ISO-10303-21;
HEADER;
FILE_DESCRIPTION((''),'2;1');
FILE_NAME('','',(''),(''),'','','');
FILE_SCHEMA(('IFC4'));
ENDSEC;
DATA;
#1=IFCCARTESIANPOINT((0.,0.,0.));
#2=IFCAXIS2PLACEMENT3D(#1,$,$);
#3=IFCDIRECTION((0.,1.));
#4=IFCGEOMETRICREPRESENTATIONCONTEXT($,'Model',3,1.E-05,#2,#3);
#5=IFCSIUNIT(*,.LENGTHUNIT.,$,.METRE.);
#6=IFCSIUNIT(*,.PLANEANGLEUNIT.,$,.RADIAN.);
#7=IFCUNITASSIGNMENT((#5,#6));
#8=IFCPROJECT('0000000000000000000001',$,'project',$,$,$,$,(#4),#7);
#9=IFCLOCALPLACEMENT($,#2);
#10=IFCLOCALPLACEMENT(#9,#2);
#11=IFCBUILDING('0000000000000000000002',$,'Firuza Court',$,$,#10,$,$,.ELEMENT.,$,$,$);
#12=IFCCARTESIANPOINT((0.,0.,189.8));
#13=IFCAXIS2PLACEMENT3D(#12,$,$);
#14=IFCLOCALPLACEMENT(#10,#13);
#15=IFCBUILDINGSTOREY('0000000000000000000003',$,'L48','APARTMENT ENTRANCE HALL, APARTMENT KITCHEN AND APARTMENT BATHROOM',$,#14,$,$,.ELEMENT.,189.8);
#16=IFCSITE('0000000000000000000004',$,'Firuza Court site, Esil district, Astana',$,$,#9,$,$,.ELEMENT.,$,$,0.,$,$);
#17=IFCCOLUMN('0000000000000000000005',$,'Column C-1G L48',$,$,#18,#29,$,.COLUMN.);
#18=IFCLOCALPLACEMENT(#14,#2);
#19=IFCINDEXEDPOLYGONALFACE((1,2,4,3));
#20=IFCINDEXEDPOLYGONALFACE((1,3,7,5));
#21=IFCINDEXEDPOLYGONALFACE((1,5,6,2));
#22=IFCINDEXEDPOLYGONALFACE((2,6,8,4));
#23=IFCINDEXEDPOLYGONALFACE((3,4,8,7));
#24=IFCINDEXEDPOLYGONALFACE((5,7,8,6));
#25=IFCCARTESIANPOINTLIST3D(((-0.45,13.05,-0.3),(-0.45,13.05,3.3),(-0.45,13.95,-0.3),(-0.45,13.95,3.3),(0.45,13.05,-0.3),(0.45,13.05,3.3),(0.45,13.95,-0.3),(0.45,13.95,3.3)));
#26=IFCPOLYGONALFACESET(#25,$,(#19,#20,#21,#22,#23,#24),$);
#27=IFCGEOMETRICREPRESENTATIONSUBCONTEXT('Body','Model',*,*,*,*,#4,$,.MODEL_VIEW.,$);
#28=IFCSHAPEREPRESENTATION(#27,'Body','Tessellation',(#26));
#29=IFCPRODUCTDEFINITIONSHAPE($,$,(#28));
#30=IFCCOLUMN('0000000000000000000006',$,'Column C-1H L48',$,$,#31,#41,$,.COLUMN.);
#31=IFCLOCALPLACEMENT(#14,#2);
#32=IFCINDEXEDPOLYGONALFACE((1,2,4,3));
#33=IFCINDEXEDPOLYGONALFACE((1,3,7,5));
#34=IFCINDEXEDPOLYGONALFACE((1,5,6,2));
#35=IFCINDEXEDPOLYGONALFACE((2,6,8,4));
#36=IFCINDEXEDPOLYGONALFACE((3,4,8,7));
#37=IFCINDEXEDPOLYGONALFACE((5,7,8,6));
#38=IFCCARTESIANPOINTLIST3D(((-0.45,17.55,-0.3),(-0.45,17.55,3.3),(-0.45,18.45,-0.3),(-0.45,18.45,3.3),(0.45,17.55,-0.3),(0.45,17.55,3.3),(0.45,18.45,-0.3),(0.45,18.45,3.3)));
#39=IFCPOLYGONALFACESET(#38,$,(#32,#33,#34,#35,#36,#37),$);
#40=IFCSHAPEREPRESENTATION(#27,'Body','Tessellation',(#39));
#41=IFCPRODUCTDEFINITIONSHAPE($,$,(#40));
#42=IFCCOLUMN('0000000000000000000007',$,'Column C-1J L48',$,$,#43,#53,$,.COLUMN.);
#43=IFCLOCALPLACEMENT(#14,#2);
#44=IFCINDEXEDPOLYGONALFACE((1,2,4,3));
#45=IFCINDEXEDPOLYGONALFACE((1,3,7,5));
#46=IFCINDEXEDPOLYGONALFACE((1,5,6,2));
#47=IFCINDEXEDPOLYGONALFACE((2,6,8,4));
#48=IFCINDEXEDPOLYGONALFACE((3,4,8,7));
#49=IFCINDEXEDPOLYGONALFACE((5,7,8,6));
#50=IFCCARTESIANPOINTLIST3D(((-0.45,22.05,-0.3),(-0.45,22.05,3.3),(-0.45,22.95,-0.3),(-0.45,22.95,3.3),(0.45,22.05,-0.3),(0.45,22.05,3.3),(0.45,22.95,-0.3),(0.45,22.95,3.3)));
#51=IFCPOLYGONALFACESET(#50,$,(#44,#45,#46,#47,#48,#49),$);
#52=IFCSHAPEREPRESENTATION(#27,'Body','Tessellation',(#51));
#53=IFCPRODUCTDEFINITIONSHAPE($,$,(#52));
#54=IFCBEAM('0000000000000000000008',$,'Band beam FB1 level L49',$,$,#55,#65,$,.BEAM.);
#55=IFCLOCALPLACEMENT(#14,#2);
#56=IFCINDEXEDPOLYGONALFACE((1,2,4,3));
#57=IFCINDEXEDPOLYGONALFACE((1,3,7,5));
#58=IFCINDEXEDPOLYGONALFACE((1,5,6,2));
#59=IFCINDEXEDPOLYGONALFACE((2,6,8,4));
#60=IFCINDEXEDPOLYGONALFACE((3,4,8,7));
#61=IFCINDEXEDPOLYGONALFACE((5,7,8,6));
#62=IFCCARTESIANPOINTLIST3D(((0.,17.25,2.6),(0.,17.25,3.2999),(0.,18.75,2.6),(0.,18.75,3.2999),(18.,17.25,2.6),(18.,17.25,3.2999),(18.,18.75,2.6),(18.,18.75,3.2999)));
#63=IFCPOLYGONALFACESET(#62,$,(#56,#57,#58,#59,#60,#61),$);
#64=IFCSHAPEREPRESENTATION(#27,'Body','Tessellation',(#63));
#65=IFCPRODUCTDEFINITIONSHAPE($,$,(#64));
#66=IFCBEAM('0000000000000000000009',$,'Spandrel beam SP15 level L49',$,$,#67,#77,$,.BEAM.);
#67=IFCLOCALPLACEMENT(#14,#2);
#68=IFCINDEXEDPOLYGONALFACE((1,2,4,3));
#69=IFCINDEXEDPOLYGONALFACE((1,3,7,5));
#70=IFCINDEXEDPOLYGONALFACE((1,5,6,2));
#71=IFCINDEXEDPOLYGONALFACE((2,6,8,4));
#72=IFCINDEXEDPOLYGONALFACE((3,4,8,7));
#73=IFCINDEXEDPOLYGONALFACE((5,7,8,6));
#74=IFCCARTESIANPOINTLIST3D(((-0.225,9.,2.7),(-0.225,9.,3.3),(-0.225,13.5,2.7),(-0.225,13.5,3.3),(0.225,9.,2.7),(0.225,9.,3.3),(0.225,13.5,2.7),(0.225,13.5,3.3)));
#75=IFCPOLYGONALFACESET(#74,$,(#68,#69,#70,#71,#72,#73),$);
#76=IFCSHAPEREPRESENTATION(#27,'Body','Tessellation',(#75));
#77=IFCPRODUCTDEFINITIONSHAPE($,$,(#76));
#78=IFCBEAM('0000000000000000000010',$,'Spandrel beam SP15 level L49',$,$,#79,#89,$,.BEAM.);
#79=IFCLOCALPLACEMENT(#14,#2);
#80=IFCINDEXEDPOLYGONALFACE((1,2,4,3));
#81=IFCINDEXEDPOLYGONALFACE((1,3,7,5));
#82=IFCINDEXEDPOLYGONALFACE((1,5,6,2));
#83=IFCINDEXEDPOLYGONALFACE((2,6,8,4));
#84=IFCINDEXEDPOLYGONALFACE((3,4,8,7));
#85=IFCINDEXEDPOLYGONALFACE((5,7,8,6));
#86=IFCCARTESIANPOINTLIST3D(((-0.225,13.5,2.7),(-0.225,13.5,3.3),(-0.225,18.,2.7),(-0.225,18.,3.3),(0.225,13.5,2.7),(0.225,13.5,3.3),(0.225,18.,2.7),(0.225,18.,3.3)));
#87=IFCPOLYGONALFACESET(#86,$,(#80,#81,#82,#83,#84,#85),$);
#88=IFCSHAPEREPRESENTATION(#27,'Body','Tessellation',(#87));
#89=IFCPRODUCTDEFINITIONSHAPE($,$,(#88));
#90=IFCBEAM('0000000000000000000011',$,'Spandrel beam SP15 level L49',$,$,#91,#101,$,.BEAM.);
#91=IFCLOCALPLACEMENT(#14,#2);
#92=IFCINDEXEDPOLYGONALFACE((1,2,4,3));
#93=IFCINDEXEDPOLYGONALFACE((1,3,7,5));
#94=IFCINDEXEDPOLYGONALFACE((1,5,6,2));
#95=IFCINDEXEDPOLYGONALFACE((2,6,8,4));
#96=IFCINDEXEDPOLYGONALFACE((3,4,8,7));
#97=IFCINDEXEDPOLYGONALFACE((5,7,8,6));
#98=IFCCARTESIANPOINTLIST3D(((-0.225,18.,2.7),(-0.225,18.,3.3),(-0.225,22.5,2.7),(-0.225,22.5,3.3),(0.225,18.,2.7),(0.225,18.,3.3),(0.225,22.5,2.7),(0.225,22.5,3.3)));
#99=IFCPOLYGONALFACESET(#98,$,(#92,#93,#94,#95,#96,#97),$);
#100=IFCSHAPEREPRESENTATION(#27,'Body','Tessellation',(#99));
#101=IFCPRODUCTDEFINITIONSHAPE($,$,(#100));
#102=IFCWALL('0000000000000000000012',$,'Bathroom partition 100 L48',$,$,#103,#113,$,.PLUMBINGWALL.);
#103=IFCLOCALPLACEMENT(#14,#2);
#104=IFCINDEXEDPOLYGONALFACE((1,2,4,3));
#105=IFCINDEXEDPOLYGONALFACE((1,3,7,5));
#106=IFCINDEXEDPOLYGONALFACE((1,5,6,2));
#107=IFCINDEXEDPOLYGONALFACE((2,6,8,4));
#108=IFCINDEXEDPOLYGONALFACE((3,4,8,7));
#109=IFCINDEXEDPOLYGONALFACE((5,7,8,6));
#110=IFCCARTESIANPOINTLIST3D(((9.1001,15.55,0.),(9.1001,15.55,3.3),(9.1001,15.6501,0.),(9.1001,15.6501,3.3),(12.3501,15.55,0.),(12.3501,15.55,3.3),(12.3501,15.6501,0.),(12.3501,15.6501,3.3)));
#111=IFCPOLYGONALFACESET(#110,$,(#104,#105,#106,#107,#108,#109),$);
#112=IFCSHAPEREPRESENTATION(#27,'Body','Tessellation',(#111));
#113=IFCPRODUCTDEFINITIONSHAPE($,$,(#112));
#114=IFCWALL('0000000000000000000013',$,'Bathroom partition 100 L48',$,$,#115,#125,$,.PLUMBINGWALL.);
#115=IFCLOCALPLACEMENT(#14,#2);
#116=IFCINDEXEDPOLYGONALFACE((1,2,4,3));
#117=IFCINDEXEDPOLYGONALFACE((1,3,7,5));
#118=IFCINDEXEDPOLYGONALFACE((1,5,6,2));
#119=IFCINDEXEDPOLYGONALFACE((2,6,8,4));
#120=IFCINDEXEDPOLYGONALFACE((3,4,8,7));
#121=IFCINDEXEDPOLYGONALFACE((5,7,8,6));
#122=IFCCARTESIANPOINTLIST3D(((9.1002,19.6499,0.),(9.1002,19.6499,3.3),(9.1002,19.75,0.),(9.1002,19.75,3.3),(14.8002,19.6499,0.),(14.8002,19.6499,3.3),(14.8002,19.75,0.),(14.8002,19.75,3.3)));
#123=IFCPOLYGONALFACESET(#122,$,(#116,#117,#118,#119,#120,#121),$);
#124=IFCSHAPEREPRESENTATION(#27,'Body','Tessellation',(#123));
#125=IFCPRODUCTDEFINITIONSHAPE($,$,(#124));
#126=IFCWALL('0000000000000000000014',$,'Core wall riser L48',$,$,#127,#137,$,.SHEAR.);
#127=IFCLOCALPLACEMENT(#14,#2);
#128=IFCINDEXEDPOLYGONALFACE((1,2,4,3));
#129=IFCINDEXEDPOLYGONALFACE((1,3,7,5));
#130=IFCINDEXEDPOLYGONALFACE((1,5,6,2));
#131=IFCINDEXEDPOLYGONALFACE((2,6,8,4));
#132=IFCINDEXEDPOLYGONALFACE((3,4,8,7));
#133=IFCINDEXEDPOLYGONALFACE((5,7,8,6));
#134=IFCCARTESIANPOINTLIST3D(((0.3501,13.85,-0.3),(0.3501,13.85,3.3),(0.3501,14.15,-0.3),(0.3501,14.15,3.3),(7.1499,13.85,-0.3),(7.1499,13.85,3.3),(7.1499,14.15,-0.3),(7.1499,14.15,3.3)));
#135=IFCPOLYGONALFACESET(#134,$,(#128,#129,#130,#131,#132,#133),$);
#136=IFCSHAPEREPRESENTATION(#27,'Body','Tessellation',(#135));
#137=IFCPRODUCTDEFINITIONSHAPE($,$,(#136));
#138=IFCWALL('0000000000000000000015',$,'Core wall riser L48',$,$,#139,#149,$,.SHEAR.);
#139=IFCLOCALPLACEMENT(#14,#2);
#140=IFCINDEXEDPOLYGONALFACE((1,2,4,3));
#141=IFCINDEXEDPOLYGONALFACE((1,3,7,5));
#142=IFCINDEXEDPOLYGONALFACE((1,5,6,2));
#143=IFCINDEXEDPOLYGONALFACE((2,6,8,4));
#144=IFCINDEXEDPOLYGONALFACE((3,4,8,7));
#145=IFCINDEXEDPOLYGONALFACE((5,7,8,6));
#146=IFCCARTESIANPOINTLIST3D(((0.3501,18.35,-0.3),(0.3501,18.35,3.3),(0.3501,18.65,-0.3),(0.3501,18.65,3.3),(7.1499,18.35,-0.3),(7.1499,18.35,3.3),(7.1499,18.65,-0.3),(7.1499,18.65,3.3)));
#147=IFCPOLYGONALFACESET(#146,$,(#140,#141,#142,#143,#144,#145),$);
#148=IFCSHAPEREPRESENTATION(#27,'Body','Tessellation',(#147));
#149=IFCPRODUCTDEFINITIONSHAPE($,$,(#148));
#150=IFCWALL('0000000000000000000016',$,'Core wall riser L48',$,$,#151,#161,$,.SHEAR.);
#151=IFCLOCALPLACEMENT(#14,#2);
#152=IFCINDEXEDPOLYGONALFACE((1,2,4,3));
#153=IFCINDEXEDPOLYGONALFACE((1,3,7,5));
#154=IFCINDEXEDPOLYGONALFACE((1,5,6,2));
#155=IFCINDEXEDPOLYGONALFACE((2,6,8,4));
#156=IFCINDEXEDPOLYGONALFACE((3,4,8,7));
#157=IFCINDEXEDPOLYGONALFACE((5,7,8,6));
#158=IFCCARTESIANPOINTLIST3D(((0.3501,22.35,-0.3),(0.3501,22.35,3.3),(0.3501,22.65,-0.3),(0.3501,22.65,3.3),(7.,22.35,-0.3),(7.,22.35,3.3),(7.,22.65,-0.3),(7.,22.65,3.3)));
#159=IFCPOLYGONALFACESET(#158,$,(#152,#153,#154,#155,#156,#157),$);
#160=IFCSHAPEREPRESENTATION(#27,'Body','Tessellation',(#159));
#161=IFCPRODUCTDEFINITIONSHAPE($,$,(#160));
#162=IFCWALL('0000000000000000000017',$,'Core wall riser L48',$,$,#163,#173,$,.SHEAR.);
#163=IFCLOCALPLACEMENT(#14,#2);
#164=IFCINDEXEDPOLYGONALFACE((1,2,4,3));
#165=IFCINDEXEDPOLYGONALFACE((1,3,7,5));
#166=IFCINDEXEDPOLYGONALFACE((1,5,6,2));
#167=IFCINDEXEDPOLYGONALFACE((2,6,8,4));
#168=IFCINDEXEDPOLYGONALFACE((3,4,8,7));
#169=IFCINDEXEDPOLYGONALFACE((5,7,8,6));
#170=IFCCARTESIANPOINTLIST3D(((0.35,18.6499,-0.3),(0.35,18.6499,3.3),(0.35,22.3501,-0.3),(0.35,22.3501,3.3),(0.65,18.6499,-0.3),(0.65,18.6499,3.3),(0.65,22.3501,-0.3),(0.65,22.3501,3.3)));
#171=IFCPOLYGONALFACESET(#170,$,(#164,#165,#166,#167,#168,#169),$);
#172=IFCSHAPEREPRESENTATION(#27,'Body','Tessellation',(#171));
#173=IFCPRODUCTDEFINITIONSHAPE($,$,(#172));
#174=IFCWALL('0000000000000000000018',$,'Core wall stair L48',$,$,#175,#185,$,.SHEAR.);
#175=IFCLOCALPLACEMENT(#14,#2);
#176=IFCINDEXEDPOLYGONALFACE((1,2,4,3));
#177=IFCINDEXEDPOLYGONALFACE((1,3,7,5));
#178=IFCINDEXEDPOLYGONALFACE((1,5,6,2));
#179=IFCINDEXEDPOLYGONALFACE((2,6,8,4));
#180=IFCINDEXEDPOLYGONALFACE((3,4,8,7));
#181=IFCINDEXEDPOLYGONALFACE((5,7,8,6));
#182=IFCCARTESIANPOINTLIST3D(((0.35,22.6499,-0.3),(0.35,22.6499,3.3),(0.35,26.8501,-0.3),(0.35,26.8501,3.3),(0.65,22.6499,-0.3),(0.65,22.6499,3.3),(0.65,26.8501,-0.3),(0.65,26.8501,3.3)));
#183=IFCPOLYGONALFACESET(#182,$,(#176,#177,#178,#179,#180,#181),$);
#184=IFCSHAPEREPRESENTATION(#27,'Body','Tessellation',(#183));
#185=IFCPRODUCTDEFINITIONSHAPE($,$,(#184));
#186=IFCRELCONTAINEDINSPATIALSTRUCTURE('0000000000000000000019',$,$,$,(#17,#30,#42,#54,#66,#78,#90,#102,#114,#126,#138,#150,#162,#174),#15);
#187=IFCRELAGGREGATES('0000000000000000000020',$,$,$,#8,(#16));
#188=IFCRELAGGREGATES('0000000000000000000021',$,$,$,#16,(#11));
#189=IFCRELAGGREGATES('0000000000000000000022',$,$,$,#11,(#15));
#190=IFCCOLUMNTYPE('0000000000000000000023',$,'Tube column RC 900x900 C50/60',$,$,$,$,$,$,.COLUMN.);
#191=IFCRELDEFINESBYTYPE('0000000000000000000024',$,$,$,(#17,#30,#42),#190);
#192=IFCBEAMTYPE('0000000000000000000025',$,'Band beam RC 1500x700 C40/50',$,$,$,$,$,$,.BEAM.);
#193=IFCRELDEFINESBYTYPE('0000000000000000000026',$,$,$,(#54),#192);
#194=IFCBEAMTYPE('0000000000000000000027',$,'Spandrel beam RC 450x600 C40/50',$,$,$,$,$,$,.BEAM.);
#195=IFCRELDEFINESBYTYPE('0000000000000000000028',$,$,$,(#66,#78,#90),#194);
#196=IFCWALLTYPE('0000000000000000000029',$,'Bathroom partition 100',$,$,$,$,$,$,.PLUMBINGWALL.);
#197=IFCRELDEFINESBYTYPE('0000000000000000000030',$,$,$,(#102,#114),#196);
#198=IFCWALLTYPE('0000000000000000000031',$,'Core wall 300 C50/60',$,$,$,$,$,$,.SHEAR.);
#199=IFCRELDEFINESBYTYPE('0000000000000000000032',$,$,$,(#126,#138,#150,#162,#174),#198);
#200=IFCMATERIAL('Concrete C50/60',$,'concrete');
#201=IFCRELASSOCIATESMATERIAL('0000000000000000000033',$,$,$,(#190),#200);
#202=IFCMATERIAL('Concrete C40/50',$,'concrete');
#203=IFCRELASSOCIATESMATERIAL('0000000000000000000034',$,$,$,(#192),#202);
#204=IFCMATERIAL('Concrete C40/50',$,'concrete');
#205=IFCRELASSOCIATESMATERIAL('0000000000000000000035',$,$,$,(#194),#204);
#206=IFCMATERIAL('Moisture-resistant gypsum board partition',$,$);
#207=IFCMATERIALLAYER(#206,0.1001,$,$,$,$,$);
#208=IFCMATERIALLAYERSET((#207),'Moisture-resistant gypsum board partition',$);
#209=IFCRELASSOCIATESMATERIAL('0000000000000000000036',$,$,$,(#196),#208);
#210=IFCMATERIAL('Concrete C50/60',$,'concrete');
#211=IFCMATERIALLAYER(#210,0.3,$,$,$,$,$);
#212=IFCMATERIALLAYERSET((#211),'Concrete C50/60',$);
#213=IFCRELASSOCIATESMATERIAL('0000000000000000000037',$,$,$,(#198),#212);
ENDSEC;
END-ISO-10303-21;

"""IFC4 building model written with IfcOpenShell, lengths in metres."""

from ifc_helpers import new_model, si_unit, direction, frame, frame_2d, origin, origin_2d, place, context, subcontext, project, spatial, rectangle, extrude, material, layer, layer_set, material_profile, profile_set, type_object, element, save


model = new_model("IFC4")

# Units and contexts
model_context = context("Model", 3, precision=1e-05, world=origin(), true_north=direction((0.0, 1.0)))
body_context = subcontext(model_context, "Body", "Model", "MODEL_VIEW")
ifc_project = project(units=[si_unit("LENGTHUNIT", "METRE"), si_unit("PLANEANGLEUNIT", "RADIAN")], contexts=[model_context])

# Site, building, storey
site_placement = place(None, origin())
site = spatial("IfcSite", under=ifc_project, at=site_placement, Name="Firuza Court site, Esil district, Astana", CompositionType="ELEMENT", RefElevation=0.0)
building_placement = place(site_placement, origin())
building = spatial("IfcBuilding", under=site, at=building_placement, Name="Firuza Court", CompositionType="ELEMENT")
storey_placement = place(building_placement, frame((0.0, 0.0, 189.8)))
storey = spatial("IfcBuildingStorey", under=building, at=storey_placement, Name="L48", Description="APARTMENT ENTRANCE HALL, APARTMENT KITCHEN AND APARTMENT BATHROOM", CompositionType="ELEMENT", Elevation=189.8)

# Columns
ifc_material_1 = material(Name="Concrete C50/60", Category="concrete")
ifc_material_profile_1 = material_profile(ifc_material_1, rectangle(XDim=0.8999, YDim=0.8999, at=origin_2d()), Name="RC 900x900")
ifc_profile_set_1 = profile_set([ifc_material_profile_1], Name="Concrete C50/60")
column_type = type_object("IfcColumnType", Name="Tube column RC 900x900 C50/60", PredefinedType="COLUMN", material=ifc_profile_set_1)
for number, where, z_axis, x_axis, name in (
    (1, (0.0, 13.5, -0.3), (0.0, 0.0, 1.0), (1.0, 0.0, 0.0), "Column C-1G L48"),
    (2, (0.0, 18.0, -0.3), (0.0, 0.0, 1.0), (1.0, 0.0, 0.0), "Column C-1H L48"),
    (3, (0.0, 22.5, -0.3), (0.0, 0.0, 1.0), (1.0, 0.0, 0.0), "Column C-1J L48"),
):
    element("IfcColumn", number, at=place(storey_placement, frame(where, z_axis=z_axis, x_axis=x_axis)), inside=storey, type_object=column_type, Name=name, PredefinedType="COLUMN", context=body_context, shape_type="SweptSolid", body=[
        extrude(rectangle(XDim=0.8999, YDim=0.8999, at=origin_2d()), origin(), (0.0, 0.0, 1.0), 3.6001),
    ])

# Beams
ifc_material_2 = material(Name="Concrete C40/50", Category="concrete")
ifc_material_profile_2 = material_profile(ifc_material_2, rectangle(XDim=1.5, YDim=0.7, at=origin_2d()), Name="RC 1500x700")
ifc_profile_set_2 = profile_set([ifc_material_profile_2], Name="Concrete C40/50")
beam_type_1 = type_object("IfcBeamType", Name="Band beam RC 1500x700 C40/50", PredefinedType="BEAM", material=ifc_profile_set_2)
beam_placement = place(storey_placement, frame((0.0, 18.0, 2.95), z_axis=(1.0, 0.0, 0.0), x_axis=(0.0, 1.0, 0.0)))
element("IfcBeam", 4, at=beam_placement, inside=storey, type_object=beam_type_1, Name="Band beam FB1 level L49", PredefinedType="BEAM", context=body_context, shape_type="SweptSolid", body=[
    extrude(rectangle(XDim=1.5, YDim=0.7, at=origin_2d()), origin(), (0.0, 0.0, 1.0), 18.0),
])
ifc_material_3 = material(Name="Concrete C40/50", Category="concrete")
ifc_material_profile_3 = material_profile(ifc_material_3, rectangle(XDim=0.45, YDim=0.6001, at=origin_2d()), Name="RC 450x600")
ifc_profile_set_3 = profile_set([ifc_material_profile_3], Name="Concrete C40/50")
beam_type_2 = type_object("IfcBeamType", Name="Spandrel beam RC 450x600 C40/50", PredefinedType="BEAM", material=ifc_profile_set_3)
for number, where, z_axis, x_axis, name in (
    (5, (0.0, 13.5, 3.0), (0.0, -1.0, 0.0), (1.0, 0.0, 0.0), "Spandrel beam SP15 level L49"),
    (6, (0.0, 18.0, 3.0), (0.0, -1.0, 0.0), (1.0, 0.0, 0.0), "Spandrel beam SP15 level L49"),
    (7, (0.0, 22.5, 3.0), (0.0, -1.0, 0.0), (1.0, 0.0, 0.0), "Spandrel beam SP15 level L49"),
):
    element("IfcBeam", number, at=place(storey_placement, frame(where, z_axis=z_axis, x_axis=x_axis)), inside=storey, type_object=beam_type_2, Name=name, PredefinedType="BEAM", context=body_context, shape_type="SweptSolid", body=[
        extrude(rectangle(XDim=0.45, YDim=0.6001, at=origin_2d()), origin(), (0.0, 0.0, 1.0), 4.5),
    ])

# Walls
ifc_material_4 = material(Name="Moisture-resistant gypsum board partition")
ifc_layer_1 = layer(ifc_material_4, 0.1001)
ifc_layer_set_1 = layer_set([ifc_layer_1], Name="Moisture-resistant gypsum board partition")
wall_type_1 = type_object("IfcWallType", Name="Bathroom partition 100", PredefinedType="PLUMBINGWALL", material=ifc_layer_set_1)
wall_1_placement = place(storey_placement, frame((9.1001, 15.6001, 0.0), z_axis=(0.0, 0.0, 1.0), x_axis=(1.0, 0.0, 0.0)))
element("IfcWall", 8, at=wall_1_placement, inside=storey, type_object=wall_type_1, Name="Bathroom partition 100 L48", PredefinedType="PLUMBINGWALL", context=body_context, shape_type="SweptSolid", body=[
    extrude(rectangle(XDim=3.25, YDim=0.1001, at=frame_2d((1.625, 0.0))), origin(), (0.0, 0.0, 1.0), 3.3),
])
wall_2_placement = place(storey_placement, frame((9.1001, 19.7, 0.0), z_axis=(0.0, 0.0, 1.0), x_axis=(1.0, 0.0, 0.0)))
element("IfcWall", 9, at=wall_2_placement, inside=storey, type_object=wall_type_1, Name="Bathroom partition 100 L48", PredefinedType="PLUMBINGWALL", context=body_context, shape_type="SweptSolid", body=[
    extrude(rectangle(XDim=5.7, YDim=0.1001, at=frame_2d((2.8501, 0.0))), origin(), (0.0, 0.0, 1.0), 3.3),
])
ifc_material_5 = material(Name="Concrete C50/60", Category="concrete")
ifc_layer_2 = layer(ifc_material_5, 0.3)
ifc_layer_set_2 = layer_set([ifc_layer_2], Name="Concrete C50/60")
wall_type_2 = type_object("IfcWallType", Name="Core wall 300 C50/60", PredefinedType="SHEAR", material=ifc_layer_set_2)
for number, where, z_axis, x_axis, name in (
    (10, (0.3501, 14.0, -0.3), (0.0, 0.0, 1.0), (1.0, 0.0, 0.0), "Core wall riser L48"),
    (11, (0.3501, 18.5, -0.3), (0.0, 0.0, 1.0), (1.0, 0.0, 0.0), "Core wall riser L48"),
):
    element("IfcWall", number, at=place(storey_placement, frame(where, z_axis=z_axis, x_axis=x_axis)), inside=storey, type_object=wall_type_2, Name=name, PredefinedType="SHEAR", context=body_context, shape_type="SweptSolid", body=[
        extrude(rectangle(XDim=6.7998, YDim=0.3, at=frame_2d((3.3999, 0.0))), origin(), (0.0, 0.0, 1.0), 3.6001),
    ])
wall_3_placement = place(storey_placement, frame((0.3501, 22.5, -0.3), z_axis=(0.0, 0.0, 1.0), x_axis=(1.0, 0.0, 0.0)))
element("IfcWall", 12, at=wall_3_placement, inside=storey, type_object=wall_type_2, Name="Core wall riser L48", PredefinedType="SHEAR", context=body_context, shape_type="SweptSolid", body=[
    extrude(rectangle(XDim=6.6499, YDim=0.3, at=frame_2d((3.325, 0.0))), origin(), (0.0, 0.0, 1.0), 3.6001),
])
wall_4_placement = place(storey_placement, frame((0.5, 18.6499, -0.3), z_axis=(0.0, 0.0, 1.0), x_axis=(0.0, 1.0, 0.0)))
element("IfcWall", 13, at=wall_4_placement, inside=storey, type_object=wall_type_2, Name="Core wall riser L48", PredefinedType="SHEAR", context=body_context, shape_type="SweptSolid", body=[
    extrude(rectangle(XDim=3.7002, YDim=0.3, at=frame_2d((1.8501, 0.0))), origin(), (0.0, 0.0, 1.0), 3.6001),
])
wall_5_placement = place(storey_placement, frame((0.5, 22.6499, -0.3), z_axis=(0.0, 0.0, 1.0), x_axis=(0.0, 1.0, 0.0)))
element("IfcWall", 14, at=wall_5_placement, inside=storey, type_object=wall_type_2, Name="Core wall stair L48", PredefinedType="SHEAR", context=body_context, shape_type="SweptSolid", body=[
    extrude(rectangle(XDim=4.2002, YDim=0.3, at=frame_2d((2.1001, 0.0))), origin(), (0.0, 0.0, 1.0), 3.6001),
])

save(model, "model.ifc")
